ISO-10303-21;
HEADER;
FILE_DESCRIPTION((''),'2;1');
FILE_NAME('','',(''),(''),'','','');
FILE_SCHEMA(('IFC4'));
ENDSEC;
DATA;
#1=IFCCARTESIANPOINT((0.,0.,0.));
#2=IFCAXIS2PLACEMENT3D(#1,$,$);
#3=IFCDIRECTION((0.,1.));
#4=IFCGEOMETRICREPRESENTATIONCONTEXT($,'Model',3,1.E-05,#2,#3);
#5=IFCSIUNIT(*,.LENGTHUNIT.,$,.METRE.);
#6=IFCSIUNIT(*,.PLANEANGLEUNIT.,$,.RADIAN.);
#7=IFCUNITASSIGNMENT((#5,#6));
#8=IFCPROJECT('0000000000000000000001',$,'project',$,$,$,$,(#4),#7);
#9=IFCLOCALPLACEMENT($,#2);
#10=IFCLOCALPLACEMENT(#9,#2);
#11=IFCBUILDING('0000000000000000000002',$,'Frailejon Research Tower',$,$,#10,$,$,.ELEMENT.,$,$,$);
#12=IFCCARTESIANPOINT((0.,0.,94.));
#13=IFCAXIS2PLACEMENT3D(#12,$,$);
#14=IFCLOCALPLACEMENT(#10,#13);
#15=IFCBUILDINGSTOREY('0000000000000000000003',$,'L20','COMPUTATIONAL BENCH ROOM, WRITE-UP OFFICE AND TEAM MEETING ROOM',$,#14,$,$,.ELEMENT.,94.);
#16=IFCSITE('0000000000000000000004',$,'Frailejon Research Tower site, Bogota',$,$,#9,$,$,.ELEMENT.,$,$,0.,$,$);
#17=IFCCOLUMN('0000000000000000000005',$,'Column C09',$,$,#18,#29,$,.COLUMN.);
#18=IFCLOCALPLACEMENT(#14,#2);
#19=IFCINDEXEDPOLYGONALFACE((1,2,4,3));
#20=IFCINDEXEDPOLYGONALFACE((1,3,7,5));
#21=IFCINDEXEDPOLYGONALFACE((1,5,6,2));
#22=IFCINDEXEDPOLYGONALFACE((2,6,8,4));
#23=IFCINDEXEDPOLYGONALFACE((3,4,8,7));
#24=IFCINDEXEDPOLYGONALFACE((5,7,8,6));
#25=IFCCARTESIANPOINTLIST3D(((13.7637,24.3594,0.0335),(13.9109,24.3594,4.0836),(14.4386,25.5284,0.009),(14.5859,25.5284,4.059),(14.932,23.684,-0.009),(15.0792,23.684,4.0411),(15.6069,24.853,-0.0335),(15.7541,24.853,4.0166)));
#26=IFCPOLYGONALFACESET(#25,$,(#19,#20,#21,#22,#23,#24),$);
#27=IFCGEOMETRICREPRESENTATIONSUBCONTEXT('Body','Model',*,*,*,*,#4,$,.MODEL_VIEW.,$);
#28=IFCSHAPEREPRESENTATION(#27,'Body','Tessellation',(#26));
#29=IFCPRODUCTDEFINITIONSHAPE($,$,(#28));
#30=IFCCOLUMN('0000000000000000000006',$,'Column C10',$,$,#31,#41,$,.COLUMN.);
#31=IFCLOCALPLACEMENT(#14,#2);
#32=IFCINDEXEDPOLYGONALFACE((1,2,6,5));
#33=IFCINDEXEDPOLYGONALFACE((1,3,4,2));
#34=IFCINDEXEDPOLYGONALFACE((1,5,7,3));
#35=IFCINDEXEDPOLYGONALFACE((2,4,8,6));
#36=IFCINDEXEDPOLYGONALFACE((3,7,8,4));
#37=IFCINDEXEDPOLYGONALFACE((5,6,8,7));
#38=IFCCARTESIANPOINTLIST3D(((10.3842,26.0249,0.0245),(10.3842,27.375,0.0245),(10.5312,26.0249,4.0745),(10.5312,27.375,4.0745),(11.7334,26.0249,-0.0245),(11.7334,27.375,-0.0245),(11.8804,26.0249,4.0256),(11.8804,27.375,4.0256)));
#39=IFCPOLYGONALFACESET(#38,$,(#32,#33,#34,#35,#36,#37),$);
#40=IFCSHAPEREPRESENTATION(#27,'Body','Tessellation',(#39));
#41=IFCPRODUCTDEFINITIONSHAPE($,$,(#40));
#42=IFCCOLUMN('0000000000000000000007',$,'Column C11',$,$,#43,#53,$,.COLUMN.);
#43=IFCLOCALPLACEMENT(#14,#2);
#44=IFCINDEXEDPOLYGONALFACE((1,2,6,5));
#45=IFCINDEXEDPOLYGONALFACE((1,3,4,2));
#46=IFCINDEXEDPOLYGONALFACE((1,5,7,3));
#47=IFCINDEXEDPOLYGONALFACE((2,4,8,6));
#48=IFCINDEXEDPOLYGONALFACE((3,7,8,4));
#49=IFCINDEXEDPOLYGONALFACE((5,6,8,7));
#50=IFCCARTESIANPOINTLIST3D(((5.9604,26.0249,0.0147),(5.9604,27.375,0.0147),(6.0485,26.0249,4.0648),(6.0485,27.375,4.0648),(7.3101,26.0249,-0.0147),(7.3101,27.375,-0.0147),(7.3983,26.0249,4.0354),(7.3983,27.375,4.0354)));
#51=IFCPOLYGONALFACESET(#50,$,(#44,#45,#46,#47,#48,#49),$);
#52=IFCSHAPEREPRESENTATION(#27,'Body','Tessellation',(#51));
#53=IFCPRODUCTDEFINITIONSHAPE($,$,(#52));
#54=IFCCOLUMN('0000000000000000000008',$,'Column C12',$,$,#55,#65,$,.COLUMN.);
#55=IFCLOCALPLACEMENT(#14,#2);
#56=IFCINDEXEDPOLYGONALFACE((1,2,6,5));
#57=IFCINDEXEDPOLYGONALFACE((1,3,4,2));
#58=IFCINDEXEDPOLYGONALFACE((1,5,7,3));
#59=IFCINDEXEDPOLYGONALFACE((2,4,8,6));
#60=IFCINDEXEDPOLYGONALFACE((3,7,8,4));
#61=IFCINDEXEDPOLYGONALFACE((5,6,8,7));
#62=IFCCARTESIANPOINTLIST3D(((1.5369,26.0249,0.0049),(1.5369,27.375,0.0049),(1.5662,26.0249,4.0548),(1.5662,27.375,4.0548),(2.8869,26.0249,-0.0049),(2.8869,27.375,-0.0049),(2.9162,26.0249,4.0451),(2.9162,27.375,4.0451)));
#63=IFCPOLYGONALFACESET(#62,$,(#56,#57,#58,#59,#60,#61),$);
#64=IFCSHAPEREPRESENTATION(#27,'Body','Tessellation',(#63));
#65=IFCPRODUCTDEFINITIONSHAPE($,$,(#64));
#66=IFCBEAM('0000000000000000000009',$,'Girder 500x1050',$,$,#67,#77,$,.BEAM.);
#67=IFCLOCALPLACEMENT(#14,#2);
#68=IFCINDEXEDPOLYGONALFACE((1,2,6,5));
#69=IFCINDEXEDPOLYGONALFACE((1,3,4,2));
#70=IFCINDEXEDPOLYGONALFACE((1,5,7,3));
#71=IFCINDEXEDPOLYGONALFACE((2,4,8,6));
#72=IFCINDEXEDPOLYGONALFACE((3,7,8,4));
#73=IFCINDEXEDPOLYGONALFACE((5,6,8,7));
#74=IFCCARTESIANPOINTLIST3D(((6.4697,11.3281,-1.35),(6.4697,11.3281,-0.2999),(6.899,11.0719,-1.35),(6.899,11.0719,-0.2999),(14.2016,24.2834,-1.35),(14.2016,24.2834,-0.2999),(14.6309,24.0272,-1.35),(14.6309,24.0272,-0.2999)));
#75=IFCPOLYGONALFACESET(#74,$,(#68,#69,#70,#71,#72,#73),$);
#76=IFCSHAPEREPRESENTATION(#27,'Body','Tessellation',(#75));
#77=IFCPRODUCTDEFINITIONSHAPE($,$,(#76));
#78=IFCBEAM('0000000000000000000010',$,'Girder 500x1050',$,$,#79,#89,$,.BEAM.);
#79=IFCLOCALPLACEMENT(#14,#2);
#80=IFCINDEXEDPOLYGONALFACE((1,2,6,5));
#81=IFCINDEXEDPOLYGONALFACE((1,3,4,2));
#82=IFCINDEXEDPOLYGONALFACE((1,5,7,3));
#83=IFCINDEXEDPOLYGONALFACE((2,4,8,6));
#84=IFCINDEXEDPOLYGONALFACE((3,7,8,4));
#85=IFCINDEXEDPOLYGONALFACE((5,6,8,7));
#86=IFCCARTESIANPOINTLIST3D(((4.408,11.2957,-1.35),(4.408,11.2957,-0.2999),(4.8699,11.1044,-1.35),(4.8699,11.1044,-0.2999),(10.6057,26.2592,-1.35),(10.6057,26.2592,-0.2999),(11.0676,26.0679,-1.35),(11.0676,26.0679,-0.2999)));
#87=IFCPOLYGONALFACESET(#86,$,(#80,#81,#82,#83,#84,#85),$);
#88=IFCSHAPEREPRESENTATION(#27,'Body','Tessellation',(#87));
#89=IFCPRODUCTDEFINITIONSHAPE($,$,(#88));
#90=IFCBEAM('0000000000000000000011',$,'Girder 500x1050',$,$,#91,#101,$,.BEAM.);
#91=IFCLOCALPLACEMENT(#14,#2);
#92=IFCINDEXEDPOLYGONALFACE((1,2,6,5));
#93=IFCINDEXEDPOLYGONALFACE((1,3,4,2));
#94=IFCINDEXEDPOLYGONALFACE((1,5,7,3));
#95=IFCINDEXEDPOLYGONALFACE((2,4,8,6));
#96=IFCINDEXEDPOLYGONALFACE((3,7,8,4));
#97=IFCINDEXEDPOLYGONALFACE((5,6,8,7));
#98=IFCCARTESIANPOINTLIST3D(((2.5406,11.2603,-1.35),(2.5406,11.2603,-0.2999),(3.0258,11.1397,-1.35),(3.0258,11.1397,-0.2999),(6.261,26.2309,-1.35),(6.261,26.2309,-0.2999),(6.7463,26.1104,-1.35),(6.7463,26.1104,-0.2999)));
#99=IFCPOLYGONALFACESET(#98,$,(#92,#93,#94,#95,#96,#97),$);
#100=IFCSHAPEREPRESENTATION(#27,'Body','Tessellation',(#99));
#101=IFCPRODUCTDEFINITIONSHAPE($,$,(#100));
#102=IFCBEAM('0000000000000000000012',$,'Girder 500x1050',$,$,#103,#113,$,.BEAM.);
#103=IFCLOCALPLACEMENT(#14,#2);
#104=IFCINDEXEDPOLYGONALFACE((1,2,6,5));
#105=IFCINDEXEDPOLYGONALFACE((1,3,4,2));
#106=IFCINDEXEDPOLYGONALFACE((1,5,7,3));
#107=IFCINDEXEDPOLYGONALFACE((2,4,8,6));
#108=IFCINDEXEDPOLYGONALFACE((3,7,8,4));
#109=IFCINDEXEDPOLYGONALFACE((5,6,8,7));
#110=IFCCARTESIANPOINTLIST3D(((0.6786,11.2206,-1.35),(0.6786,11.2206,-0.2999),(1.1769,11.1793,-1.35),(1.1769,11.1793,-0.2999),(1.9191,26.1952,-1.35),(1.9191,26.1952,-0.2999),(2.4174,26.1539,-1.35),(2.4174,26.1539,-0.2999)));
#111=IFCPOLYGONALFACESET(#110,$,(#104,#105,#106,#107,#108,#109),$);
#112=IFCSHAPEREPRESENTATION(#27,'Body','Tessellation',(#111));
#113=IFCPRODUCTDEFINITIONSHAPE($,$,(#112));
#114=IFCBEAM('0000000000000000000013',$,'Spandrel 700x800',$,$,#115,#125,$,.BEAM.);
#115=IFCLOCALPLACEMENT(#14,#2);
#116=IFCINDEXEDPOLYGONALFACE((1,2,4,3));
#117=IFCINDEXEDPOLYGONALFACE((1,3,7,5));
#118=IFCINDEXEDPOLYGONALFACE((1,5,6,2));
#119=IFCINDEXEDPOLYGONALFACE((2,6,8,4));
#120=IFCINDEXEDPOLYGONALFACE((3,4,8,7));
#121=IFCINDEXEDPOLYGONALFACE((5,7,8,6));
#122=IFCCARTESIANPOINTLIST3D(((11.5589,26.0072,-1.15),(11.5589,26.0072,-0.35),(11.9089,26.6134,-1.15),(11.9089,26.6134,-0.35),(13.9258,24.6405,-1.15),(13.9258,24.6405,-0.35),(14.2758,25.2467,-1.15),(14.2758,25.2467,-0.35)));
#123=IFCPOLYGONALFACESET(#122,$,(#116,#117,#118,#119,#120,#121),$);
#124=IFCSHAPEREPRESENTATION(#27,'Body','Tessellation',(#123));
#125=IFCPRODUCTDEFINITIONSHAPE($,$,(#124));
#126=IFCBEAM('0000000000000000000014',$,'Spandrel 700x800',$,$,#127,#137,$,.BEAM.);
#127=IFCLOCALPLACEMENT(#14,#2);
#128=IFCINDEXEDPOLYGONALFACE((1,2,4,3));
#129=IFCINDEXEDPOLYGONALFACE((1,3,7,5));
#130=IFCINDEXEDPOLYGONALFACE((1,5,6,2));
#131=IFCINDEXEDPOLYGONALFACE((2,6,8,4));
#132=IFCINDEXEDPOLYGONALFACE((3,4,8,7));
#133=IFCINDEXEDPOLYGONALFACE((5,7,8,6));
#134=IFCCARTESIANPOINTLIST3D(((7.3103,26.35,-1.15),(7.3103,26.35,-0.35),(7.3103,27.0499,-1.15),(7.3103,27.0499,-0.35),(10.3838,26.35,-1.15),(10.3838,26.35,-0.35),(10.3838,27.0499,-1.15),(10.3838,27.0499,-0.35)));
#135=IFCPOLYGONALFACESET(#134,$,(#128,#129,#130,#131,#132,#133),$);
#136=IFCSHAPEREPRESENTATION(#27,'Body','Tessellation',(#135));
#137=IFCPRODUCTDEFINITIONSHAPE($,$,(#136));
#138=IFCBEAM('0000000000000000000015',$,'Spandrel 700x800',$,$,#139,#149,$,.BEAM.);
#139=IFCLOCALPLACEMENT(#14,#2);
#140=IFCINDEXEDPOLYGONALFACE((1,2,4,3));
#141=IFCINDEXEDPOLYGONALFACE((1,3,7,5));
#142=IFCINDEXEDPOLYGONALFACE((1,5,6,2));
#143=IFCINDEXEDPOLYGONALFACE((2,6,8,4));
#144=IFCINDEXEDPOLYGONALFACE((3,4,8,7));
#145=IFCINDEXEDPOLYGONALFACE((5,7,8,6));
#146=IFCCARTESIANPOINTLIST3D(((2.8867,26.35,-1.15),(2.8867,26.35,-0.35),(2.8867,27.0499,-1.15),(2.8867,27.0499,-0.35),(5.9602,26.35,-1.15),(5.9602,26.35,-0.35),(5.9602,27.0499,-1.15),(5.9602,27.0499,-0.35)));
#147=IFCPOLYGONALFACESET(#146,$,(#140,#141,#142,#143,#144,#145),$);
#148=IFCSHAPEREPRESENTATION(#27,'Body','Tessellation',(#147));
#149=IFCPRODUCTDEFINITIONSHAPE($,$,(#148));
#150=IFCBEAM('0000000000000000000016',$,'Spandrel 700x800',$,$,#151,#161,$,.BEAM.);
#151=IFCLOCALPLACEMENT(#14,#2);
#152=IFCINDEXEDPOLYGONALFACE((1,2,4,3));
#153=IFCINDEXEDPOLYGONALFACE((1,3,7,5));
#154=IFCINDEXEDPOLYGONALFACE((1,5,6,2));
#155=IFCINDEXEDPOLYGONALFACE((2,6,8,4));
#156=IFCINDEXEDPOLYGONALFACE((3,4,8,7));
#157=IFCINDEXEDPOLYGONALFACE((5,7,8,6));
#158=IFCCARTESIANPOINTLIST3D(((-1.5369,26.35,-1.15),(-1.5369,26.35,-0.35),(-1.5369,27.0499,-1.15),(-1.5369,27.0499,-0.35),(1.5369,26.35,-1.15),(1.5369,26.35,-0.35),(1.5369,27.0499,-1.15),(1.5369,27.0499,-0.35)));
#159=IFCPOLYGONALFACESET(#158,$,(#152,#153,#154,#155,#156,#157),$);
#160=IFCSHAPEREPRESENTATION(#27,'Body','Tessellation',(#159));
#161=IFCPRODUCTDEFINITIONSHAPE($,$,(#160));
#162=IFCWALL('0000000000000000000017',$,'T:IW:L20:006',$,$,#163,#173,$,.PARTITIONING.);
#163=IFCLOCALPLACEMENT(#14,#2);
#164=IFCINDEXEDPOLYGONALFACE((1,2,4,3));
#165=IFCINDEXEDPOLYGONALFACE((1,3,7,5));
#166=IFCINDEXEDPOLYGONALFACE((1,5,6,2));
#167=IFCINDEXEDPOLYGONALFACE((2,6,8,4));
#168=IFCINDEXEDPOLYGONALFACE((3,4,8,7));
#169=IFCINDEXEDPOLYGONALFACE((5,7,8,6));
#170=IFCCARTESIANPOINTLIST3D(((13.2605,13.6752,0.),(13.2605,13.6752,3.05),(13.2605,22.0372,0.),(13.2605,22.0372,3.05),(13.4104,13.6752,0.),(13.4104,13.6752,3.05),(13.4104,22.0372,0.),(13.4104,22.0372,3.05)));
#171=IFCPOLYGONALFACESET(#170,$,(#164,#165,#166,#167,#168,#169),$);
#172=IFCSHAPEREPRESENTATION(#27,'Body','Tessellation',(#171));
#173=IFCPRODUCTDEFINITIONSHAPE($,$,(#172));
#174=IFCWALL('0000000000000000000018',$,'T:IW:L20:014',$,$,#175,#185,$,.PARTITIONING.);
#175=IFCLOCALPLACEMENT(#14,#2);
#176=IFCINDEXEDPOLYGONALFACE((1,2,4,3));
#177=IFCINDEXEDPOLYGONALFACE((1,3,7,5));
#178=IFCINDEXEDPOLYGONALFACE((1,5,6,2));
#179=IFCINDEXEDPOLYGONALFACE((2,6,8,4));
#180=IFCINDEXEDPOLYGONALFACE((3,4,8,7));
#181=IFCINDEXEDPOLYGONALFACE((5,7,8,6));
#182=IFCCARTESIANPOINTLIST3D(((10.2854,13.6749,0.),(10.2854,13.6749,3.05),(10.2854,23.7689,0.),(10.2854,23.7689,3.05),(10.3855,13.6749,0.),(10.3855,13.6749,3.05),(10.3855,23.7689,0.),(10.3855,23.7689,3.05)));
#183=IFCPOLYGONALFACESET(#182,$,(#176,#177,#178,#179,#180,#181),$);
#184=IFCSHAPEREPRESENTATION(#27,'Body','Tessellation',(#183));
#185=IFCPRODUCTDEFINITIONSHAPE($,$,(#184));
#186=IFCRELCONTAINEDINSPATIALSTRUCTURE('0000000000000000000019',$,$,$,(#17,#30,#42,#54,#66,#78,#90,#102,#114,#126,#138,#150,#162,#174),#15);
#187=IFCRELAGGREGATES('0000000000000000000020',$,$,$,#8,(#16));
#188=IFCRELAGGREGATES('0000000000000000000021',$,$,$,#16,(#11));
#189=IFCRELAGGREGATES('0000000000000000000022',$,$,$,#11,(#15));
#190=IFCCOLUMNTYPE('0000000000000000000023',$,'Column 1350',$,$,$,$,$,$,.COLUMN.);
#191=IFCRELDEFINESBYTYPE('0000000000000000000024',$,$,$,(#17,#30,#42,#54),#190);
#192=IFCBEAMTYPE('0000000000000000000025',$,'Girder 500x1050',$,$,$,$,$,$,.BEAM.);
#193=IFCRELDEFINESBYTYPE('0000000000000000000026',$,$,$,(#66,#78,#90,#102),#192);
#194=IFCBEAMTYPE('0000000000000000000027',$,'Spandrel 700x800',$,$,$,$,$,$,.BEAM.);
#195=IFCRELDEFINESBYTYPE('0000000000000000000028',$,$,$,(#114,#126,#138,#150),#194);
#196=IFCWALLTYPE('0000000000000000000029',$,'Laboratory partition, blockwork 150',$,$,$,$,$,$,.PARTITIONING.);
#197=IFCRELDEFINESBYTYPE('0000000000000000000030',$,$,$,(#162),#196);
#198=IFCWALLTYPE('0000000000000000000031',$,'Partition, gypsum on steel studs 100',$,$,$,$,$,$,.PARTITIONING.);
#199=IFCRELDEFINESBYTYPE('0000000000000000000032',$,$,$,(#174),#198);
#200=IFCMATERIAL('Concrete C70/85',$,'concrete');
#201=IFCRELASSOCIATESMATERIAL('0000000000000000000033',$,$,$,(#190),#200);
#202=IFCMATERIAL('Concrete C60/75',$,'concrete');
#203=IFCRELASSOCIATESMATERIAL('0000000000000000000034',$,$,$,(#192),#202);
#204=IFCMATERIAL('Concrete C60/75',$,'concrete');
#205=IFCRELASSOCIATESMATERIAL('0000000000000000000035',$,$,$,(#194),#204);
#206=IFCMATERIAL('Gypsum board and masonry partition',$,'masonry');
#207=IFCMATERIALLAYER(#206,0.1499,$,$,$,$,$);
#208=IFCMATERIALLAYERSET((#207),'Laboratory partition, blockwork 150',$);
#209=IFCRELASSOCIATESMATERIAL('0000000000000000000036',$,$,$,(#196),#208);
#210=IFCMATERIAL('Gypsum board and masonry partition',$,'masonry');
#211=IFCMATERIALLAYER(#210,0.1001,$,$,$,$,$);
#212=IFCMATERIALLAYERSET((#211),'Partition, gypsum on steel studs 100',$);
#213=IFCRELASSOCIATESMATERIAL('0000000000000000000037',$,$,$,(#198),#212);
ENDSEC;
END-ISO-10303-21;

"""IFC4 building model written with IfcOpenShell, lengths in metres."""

from ifc_helpers import new_model, si_unit, direction, frame, frame_2d, origin, origin_2d, place, context, subcontext, project, spatial, rectangle, extrude, material, layer, layer_set, material_profile, profile_set, type_object, element, save


model = new_model("IFC4")

# Units and contexts
model_context = context("Model", 3, precision=1e-05, world=origin(), true_north=direction((0.0, 1.0)))
body_context = subcontext(model_context, "Body", "Model", "MODEL_VIEW")
ifc_project = project(units=[si_unit("LENGTHUNIT", "METRE"), si_unit("PLANEANGLEUNIT", "RADIAN")], contexts=[model_context])

# Site, building, storey
site_placement = place(None, origin())
site = spatial("IfcSite", under=ifc_project, at=site_placement, Name="Frailejon Research Tower site, Bogota", CompositionType="ELEMENT", RefElevation=0.0)
building_placement = place(site_placement, origin())
building = spatial("IfcBuilding", under=site, at=building_placement, Name="Frailejon Research Tower", CompositionType="ELEMENT")
storey_placement = place(building_placement, frame((0.0, 0.0, 94.0)))
storey = spatial("IfcBuildingStorey", under=building, at=storey_placement, Name="L20", Description="COMPUTATIONAL BENCH ROOM, WRITE-UP OFFICE AND TEAM MEETING ROOM", CompositionType="ELEMENT", Elevation=94.0)

# Columns
ifc_material_1 = material(Name="Concrete C70/85", Category="concrete")
ifc_material_profile_1 = material_profile(ifc_material_1, rectangle(XDim=1.3501, YDim=1.3501, at=origin_2d()), Name="Column 1350")
ifc_profile_set_1 = profile_set([ifc_material_profile_1], Name="Concrete C70/85")
column_type = type_object("IfcColumnType", Name="Column 1350", PredefinedType="COLUMN", material=ifc_profile_set_1)
for number, where, z_axis, x_axis, name in (
    (1, (14.6853, 24.6062, 0.0), (0.036325, 0.0, 0.99934), (-0.865312, 0.500246, 0.031454), "Column C09"),
    (2, (11.0588, 26.7, 0.0), (0.036265, 0.0, 0.999342), (-0.999342, 0.0, 0.036265), "Column C10"),
):
    element("IfcColumn", number, at=place(storey_placement, frame(where, z_axis=z_axis, x_axis=x_axis)), inside=storey, type_object=column_type, Name=name, PredefinedType="COLUMN", context=body_context, shape_type="SweptSolid", body=[
        extrude(rectangle(XDim=1.3501, YDim=1.3501, at=origin_2d()), origin(), (0.0, 0.0, 1.0), 4.0527),
    ])
column_1_placement = place(storey_placement, frame((6.6353, 26.7, 0.0), z_axis=(0.021756, 0.0, 0.999763), x_axis=(-0.999763, 0.0, 0.021756)))
element("IfcColumn", 3, at=column_1_placement, inside=storey, type_object=column_type, Name="Column C11", PredefinedType="COLUMN", context=body_context, shape_type="SweptSolid", body=[
    extrude(rectangle(XDim=1.3501, YDim=1.3501, at=origin_2d()), origin(), (0.0, 0.0, 1.0), 4.051),
])
column_2_placement = place(storey_placement, frame((2.2119, 26.7, 0.0), z_axis=(0.007234, 0.0, 0.999974), x_axis=(-0.999974, 0.0, 0.007234)))
element("IfcColumn", 4, at=column_2_placement, inside=storey, type_object=column_type, Name="Column C12", PredefinedType="COLUMN", context=body_context, shape_type="SweptSolid", body=[
    extrude(rectangle(XDim=1.3501, YDim=1.3501, at=origin_2d()), origin(), (0.0, 0.0, 1.0), 4.05),
])

# Beams
ifc_material_2 = material(Name="Concrete C60/75", Category="concrete")
ifc_material_profile_2 = material_profile(ifc_material_2, rectangle(XDim=0.5, YDim=1.05, at=origin_2d()), Name="Girder 500x1050")
ifc_profile_set_2 = profile_set([ifc_material_profile_2], Name="Concrete C60/75")
beam_type_1 = type_object("IfcBeamType", Name="Girder 500x1050", PredefinedType="BEAM", material=ifc_profile_set_2)
beam_1_placement = place(storey_placement, frame((14.4163, 24.1553, -0.825), z_axis=(-0.512483, -0.858697, 0.0), x_axis=(0.858697, -0.512483, 0.0)))
element("IfcBeam", 5, at=beam_1_placement, inside=storey, type_object=beam_type_1, Name="Girder 500x1050", PredefinedType="BEAM", context=body_context, shape_type="SweptSolid", body=[
    extrude(rectangle(XDim=0.5, YDim=1.05, at=origin_2d()), origin(), (0.0, 0.0, 1.0), 15.0872),
])
beam_2_placement = place(storey_placement, frame((10.8367, 26.1636, -0.825), z_axis=(-0.382663, -0.923888, 0.0), x_axis=(0.923888, -0.382663, 0.0)))
element("IfcBeam", 6, at=beam_2_placement, inside=storey, type_object=beam_type_1, Name="Girder 500x1050", PredefinedType="BEAM", context=body_context, shape_type="SweptSolid", body=[
    extrude(rectangle(XDim=0.5, YDim=1.05, at=origin_2d()), origin(), (0.0, 0.0, 1.0), 16.1963),
])
beam_3_placement = place(storey_placement, frame((6.5037, 26.1707, -0.825), z_axis=(-0.24118, -0.97048, 0.0), x_axis=(0.97048, -0.24118, 0.0)))
element("IfcBeam", 7, at=beam_3_placement, inside=storey, type_object=beam_type_1, Name="Girder 500x1050", PredefinedType="BEAM", context=body_context, shape_type="SweptSolid", body=[
    extrude(rectangle(XDim=0.5, YDim=1.05, at=origin_2d()), origin(), (0.0, 0.0, 1.0), 15.426),
])
beam_4_placement = place(storey_placement, frame((2.1682, 26.1746, -0.825), z_axis=(-0.082556, -0.996586, 0.0), x_axis=(0.996586, -0.082556, 0.0)))
element("IfcBeam", 8, at=beam_4_placement, inside=storey, type_object=beam_type_1, Name="Girder 500x1050", PredefinedType="BEAM", context=body_context, shape_type="SweptSolid", body=[
    extrude(rectangle(XDim=0.5, YDim=1.05, at=origin_2d()), origin(), (0.0, 0.0, 1.0), 15.0259),
])
ifc_material_3 = material(Name="Concrete C60/75", Category="concrete")
ifc_material_profile_3 = material_profile(ifc_material_3, rectangle(XDim=0.7, YDim=0.8, at=origin_2d()), Name="Spandrel 700x800")
ifc_profile_set_3 = profile_set([ifc_material_profile_3], Name="Concrete C60/75")
beam_type_2 = type_object("IfcBeamType", Name="Spandrel 700x800", PredefinedType="BEAM", material=ifc_profile_set_3)
beam_5_placement = place(storey_placement, frame((14.1008, 24.9436, -0.75), z_axis=(-0.866003, 0.500039, 0.0), x_axis=(-0.500039, -0.866003, 0.0)))
element("IfcBeam", 9, at=beam_5_placement, inside=storey, type_object=beam_type_2, Name="Spandrel 700x800", PredefinedType="BEAM", context=body_context, shape_type="SweptSolid", body=[
    extrude(rectangle(XDim=0.7, YDim=0.8, at=origin_2d()), origin(), (0.0, 0.0, 1.0), 2.7332),
])
for number, where, z_axis, x_axis, name in (
    (10, (10.3838, 26.7, -0.75), (-1.0, 0.0, 0.0), (0.0, -1.0, 0.0), "Spandrel 700x800"),
    (11, (5.9602, 26.7, -0.75), (-1.0, 0.0, 0.0), (0.0, -1.0, 0.0), "Spandrel 700x800"),
):
    element("IfcBeam", number, at=place(storey_placement, frame(where, z_axis=z_axis, x_axis=x_axis)), inside=storey, type_object=beam_type_2, Name=name, PredefinedType="BEAM", context=body_context, shape_type="SweptSolid", body=[
        extrude(rectangle(XDim=0.7, YDim=0.8, at=origin_2d()), origin(), (0.0, 0.0, 1.0), 3.0735),
    ])
beam_6_placement = place(storey_placement, frame((1.5369, 26.7, -0.75), z_axis=(-1.0, 0.0, 0.0), x_axis=(0.0, -1.0, 0.0)))
element("IfcBeam", 12, at=beam_6_placement, inside=storey, type_object=beam_type_2, Name="Spandrel 700x800", PredefinedType="BEAM", context=body_context, shape_type="SweptSolid", body=[
    extrude(rectangle(XDim=0.7, YDim=0.8, at=origin_2d()), origin(), (0.0, 0.0, 1.0), 3.0737),
])

# Walls
ifc_material_4 = material(Name="Gypsum board and masonry partition", Category="masonry")
ifc_layer_1 = layer(ifc_material_4, 0.1499)
ifc_layer_set_1 = layer_set([ifc_layer_1], Name="Laboratory partition, blockwork 150")
wall_type_1 = type_object("IfcWallType", Name="Laboratory partition, blockwork 150", PredefinedType="PARTITIONING", material=ifc_layer_set_1)
wall_1_placement = place(storey_placement, frame((13.3354, 13.675, 0.0), z_axis=(0.0, 0.0, 1.0), x_axis=(0.0, 1.0, 0.0)))
element("IfcWall", 13, at=wall_1_placement, inside=storey, type_object=wall_type_1, Name="T:IW:L20:006", PredefinedType="PARTITIONING", context=body_context, shape_type="SweptSolid", body=[
    extrude(rectangle(XDim=8.3621, YDim=0.1499, at=frame_2d((4.1812, 0.0))), origin(), (0.0, 0.0, 1.0), 3.05),
])
ifc_material_5 = material(Name="Gypsum board and masonry partition", Category="masonry")
ifc_layer_2 = layer(ifc_material_5, 0.1001)
ifc_layer_set_2 = layer_set([ifc_layer_2], Name="Partition, gypsum on steel studs 100")
wall_type_2 = type_object("IfcWallType", Name="Partition, gypsum on steel studs 100", PredefinedType="PARTITIONING", material=ifc_layer_set_2)
wall_2_placement = place(storey_placement, frame((10.3354, 13.675, 0.0), z_axis=(0.0, 0.0, 1.0), x_axis=(0.0, 1.0, 0.0)))
element("IfcWall", 14, at=wall_2_placement, inside=storey, type_object=wall_type_2, Name="T:IW:L20:014", PredefinedType="PARTITIONING", context=body_context, shape_type="SweptSolid", body=[
    extrude(rectangle(XDim=10.094, YDim=0.1001, at=frame_2d((5.0469, 0.0))), origin(), (0.0, 0.0, 1.0), 3.05),
])

save(model, "model.ifc")
